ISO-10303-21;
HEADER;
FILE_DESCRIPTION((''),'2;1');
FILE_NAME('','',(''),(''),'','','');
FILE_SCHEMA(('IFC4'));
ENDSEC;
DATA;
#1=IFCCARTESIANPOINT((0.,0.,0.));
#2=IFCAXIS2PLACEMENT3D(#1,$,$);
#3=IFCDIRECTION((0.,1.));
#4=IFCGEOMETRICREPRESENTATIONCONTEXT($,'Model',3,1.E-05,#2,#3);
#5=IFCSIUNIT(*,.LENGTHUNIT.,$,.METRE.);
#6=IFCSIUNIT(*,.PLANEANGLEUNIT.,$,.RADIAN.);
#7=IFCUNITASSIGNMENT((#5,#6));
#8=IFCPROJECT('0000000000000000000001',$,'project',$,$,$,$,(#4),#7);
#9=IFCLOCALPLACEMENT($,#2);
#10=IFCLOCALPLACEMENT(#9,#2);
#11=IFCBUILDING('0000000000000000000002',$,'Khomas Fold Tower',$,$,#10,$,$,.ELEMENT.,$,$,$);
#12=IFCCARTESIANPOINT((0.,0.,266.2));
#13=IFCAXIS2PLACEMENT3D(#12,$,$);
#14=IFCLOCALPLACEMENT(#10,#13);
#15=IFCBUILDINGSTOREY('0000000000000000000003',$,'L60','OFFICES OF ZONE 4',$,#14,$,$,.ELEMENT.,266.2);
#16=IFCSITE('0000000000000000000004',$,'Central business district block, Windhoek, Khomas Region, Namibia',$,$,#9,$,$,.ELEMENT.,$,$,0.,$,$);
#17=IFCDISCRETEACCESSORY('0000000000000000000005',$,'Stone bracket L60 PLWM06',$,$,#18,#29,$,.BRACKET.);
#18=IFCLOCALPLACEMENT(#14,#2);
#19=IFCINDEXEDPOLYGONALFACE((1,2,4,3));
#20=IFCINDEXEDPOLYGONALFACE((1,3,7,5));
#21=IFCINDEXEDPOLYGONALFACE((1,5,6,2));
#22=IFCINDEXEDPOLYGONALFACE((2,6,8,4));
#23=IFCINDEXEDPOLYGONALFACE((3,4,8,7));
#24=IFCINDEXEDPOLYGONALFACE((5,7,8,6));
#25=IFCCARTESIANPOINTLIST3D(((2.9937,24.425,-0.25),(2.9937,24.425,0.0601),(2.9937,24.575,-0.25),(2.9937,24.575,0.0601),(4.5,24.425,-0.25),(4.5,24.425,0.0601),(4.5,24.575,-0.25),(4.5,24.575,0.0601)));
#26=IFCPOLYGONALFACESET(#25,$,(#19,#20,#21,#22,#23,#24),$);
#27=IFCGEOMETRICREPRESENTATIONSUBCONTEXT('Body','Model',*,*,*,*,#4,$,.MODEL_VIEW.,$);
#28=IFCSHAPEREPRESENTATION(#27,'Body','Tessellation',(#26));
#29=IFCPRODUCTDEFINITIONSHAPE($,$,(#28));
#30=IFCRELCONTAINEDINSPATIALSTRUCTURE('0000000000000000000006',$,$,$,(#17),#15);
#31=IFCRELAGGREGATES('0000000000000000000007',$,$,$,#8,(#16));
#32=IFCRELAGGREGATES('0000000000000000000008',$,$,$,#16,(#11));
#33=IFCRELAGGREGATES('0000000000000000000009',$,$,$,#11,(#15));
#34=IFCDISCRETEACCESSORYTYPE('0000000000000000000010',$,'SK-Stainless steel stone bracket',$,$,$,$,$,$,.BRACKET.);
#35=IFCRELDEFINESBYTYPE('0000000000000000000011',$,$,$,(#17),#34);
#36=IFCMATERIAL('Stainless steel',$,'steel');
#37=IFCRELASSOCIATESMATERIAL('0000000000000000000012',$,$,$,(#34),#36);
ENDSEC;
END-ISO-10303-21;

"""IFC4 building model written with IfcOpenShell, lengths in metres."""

from ifc_helpers import new_model, si_unit, direction, frame, origin, origin_2d, place, context, subcontext, project, spatial, rectangle, extrude, source, transform, mapped, material, type_object, element, save


model = new_model("IFC4")

# Units and contexts
model_context = context("Model", 3, precision=1e-05, world=origin(), true_north=direction((0.0, 1.0)))
body_context = subcontext(model_context, "Body", "Model", "MODEL_VIEW")
ifc_project = project(units=[si_unit("LENGTHUNIT", "METRE"), si_unit("PLANEANGLEUNIT", "RADIAN")], contexts=[model_context])

# Site, building, storey
site_placement = place(None, origin())
site = spatial("IfcSite", under=ifc_project, at=site_placement, Name="Central business district block, Windhoek, Khomas Region, Namibia", CompositionType="ELEMENT", RefElevation=0.0)
building_placement = place(site_placement, origin())
building = spatial("IfcBuilding", under=site, at=building_placement, Name="Khomas Fold Tower", CompositionType="ELEMENT")
storey_placement = place(building_placement, frame((0.0, 0.0, 266.2)))
storey = spatial("IfcBuildingStorey", under=building, at=storey_placement, Name="L60", Description="OFFICES OF ZONE 4", CompositionType="ELEMENT", Elevation=266.2)

# Discrete accessory
ifc_material_1 = material(Name="Stainless steel", Category="steel")
discrete_accessory_type = type_object("IfcDiscreteAccessoryType", Name="SK-Stainless steel stone bracket", PredefinedType="BRACKET", material=ifc_material_1)
shared_shape_1 = source(origin(), body_context, "Body", "SweptSolid", [
    extrude(rectangle(XDim=1.5063, YDim=0.1499, at=origin_2d()), origin(), (0.0, 0.0, 1.0), 0.3101),
])
for number, where, z_axis, x_axis, name in (
    (1, (3.7468, 24.5, -0.25), (0.0, 0.0, 1.0), (-1.0, 0.0, 0.0), "Stone bracket L60 PLWM06"),
):
    element("IfcDiscreteAccessory", number, at=place(storey_placement, frame(where, z_axis=z_axis, x_axis=x_axis)), inside=storey, type_object=discrete_accessory_type, Name=name, PredefinedType="BRACKET", context=body_context, shape_type="MappedRepresentation", body=[
        mapped(shared_shape_1, transform((0.0, 0.0, 0.0))),
    ])

save(model, "model.ifc")
